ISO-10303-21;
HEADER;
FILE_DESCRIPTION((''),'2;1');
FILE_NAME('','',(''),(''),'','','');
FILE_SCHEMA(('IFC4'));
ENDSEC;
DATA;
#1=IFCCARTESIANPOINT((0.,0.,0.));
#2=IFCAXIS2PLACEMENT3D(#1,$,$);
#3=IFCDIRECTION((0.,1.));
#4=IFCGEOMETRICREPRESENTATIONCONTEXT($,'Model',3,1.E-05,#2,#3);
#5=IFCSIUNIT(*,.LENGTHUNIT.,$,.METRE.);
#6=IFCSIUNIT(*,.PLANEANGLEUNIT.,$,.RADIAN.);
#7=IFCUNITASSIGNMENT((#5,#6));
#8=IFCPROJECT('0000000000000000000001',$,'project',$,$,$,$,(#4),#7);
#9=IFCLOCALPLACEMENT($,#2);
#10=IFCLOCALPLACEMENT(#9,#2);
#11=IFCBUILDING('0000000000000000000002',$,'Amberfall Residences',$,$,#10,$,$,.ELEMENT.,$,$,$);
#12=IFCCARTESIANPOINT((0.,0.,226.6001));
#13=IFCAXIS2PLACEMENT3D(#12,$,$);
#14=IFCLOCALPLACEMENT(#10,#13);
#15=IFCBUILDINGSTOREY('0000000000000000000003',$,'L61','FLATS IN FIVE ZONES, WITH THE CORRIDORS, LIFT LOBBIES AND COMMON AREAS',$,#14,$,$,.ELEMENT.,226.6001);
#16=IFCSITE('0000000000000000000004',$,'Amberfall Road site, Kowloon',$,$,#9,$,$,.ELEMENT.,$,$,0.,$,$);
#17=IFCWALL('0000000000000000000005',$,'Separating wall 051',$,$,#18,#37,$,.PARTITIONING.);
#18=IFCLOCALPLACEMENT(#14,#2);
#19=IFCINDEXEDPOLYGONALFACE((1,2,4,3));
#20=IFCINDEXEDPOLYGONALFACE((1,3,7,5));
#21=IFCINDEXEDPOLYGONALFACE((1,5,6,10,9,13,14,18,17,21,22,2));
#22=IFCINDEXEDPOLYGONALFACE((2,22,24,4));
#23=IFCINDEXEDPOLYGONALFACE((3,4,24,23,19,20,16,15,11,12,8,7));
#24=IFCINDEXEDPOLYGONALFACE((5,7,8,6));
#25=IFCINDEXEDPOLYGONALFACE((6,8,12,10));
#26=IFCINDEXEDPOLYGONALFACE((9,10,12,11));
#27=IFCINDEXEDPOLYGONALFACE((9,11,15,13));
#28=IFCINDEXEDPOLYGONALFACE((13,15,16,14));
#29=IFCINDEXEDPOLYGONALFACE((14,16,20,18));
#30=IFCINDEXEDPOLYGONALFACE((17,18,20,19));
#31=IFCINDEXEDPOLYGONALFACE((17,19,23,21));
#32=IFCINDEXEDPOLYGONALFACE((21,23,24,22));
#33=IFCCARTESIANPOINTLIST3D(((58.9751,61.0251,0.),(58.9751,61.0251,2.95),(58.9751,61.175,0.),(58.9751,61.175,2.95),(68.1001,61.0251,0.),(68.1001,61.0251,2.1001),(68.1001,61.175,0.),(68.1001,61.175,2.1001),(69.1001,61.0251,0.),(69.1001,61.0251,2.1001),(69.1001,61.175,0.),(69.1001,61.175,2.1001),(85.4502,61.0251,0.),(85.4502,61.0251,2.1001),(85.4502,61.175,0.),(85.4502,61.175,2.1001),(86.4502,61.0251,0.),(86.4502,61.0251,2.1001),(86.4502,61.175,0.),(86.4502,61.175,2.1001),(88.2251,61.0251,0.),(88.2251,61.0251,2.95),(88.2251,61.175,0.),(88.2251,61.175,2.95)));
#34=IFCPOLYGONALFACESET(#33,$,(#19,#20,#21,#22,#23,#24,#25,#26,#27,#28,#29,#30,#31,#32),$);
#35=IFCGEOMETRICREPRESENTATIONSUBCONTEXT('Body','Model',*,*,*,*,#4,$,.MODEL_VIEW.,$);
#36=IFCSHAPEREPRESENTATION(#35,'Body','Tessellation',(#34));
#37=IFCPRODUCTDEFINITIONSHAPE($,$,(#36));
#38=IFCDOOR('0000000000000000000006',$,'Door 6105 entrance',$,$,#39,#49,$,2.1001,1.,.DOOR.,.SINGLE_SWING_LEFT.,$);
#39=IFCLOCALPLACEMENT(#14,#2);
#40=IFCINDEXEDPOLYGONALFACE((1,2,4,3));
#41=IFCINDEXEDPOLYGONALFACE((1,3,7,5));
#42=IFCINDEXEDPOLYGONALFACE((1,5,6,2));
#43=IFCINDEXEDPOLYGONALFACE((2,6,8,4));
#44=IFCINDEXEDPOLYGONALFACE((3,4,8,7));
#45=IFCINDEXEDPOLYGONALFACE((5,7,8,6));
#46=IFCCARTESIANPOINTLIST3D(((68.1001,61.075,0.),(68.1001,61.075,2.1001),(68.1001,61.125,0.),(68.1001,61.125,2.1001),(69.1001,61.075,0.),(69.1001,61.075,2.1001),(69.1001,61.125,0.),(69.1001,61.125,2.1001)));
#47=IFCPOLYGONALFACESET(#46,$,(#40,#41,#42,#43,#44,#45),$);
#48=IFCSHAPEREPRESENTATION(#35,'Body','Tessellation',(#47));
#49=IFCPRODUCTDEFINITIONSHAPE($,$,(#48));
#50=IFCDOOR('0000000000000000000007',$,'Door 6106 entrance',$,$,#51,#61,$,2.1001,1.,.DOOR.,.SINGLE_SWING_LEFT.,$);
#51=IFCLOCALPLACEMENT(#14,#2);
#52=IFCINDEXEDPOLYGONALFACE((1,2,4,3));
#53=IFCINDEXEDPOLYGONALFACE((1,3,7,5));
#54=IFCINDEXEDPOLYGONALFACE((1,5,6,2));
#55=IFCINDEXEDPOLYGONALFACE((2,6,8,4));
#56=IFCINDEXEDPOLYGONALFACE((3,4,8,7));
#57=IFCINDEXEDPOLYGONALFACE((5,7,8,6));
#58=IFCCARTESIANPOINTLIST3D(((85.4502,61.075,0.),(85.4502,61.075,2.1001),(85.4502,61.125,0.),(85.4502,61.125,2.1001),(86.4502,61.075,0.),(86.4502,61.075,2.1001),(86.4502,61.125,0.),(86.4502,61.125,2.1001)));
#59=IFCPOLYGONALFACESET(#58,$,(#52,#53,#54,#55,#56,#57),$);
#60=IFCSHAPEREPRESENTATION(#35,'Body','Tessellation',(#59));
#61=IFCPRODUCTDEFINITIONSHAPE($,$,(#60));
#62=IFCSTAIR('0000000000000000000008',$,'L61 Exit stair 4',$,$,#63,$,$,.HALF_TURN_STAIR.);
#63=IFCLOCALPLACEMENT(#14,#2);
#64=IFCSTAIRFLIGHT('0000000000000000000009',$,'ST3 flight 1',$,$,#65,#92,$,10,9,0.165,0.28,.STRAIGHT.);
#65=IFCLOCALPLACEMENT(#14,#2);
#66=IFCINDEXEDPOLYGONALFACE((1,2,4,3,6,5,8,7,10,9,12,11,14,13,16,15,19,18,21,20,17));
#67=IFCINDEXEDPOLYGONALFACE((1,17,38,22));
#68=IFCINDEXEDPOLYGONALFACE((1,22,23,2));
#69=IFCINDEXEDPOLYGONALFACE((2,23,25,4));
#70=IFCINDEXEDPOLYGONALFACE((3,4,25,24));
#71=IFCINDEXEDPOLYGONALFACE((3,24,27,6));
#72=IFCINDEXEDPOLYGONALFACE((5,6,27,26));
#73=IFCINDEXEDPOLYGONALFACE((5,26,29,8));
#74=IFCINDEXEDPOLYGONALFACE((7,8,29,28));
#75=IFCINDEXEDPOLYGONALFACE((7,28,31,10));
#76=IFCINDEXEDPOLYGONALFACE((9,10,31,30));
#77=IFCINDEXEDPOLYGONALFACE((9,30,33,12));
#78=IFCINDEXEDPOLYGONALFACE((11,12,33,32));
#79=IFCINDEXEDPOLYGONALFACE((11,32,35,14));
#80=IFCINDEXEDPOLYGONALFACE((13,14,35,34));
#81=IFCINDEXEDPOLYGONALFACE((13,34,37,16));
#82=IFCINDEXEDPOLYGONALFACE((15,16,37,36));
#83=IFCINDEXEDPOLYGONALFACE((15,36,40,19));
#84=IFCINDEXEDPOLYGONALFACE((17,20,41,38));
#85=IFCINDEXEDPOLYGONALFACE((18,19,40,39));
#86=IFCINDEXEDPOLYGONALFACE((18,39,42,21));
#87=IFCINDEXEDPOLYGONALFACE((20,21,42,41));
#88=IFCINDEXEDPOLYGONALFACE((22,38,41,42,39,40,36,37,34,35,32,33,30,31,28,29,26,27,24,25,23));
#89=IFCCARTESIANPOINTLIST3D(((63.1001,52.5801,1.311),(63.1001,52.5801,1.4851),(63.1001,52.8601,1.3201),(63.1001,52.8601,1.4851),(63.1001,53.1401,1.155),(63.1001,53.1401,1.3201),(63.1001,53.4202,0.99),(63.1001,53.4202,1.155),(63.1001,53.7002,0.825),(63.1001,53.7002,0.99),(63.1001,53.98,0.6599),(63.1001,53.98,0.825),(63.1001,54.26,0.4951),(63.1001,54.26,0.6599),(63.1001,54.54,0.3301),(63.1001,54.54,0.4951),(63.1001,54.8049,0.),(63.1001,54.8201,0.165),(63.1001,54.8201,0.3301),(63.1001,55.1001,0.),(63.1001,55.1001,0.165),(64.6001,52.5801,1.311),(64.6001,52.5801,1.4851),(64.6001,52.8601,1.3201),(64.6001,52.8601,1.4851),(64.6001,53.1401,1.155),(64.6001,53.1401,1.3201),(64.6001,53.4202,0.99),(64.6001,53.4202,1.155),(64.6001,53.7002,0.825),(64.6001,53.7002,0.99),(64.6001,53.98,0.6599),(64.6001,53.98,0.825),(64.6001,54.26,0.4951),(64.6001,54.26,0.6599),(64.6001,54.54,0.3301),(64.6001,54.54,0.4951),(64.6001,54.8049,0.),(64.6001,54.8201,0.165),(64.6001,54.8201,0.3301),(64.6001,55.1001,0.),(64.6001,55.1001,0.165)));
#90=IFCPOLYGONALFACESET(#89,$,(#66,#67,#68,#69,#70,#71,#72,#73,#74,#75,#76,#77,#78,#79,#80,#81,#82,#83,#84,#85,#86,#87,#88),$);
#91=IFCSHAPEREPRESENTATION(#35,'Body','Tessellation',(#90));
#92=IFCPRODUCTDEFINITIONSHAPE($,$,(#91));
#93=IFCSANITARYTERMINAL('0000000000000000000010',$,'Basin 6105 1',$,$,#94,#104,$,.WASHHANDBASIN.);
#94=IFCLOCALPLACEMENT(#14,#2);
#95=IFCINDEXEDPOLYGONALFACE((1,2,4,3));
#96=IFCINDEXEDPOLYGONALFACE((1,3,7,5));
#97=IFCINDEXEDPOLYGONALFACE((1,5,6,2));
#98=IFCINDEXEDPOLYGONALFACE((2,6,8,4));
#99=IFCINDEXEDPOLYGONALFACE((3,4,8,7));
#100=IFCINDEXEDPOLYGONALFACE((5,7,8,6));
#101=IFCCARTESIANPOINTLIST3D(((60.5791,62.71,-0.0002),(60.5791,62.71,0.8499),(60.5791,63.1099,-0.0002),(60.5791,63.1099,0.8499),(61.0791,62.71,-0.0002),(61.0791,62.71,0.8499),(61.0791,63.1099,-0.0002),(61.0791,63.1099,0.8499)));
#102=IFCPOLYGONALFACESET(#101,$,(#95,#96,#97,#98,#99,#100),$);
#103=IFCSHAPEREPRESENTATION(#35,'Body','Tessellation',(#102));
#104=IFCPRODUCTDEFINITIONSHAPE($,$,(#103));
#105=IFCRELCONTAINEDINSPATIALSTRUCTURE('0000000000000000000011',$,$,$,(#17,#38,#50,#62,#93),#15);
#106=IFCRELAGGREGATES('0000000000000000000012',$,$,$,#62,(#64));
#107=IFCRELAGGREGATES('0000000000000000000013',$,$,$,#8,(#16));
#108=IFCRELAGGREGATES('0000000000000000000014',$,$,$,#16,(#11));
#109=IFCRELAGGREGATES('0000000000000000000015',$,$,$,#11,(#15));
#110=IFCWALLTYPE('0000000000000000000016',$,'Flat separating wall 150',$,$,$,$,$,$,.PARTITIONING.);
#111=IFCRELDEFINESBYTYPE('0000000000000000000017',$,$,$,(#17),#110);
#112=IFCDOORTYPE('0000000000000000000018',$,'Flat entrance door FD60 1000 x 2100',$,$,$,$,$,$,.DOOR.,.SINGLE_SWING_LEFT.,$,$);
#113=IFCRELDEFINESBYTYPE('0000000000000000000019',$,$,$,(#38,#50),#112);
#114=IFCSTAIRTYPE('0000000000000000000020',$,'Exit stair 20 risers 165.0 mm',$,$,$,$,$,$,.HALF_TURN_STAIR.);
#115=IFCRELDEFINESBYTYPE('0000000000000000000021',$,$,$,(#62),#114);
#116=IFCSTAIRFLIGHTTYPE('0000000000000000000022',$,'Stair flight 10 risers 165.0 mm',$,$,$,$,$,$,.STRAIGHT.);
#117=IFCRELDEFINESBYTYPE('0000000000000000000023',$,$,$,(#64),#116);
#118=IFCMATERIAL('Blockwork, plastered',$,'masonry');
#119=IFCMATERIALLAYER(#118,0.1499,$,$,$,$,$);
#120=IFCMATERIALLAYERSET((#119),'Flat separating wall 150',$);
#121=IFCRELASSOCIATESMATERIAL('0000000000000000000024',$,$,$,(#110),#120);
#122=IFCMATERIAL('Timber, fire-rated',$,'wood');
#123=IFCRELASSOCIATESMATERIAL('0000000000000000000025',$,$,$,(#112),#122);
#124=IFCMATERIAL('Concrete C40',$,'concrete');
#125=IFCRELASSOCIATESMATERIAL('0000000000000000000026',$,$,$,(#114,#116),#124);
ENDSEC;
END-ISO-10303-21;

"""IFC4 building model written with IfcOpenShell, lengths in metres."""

from ifc_helpers import new_model, si_unit, direction, frame, frame_2d, origin, origin_2d, place, context, subcontext, project, spatial, polyline, rectangle, outline, extrude, material, layer, layer_set, type_object, element, fill, aggregate, save


model = new_model("IFC4")

# Units and contexts
model_context = context("Model", 3, precision=1e-05, world=origin(), true_north=direction((0.0, 1.0)))
body_context = subcontext(model_context, "Body", "Model", "MODEL_VIEW")
ifc_project = project(units=[si_unit("LENGTHUNIT", "METRE"), si_unit("PLANEANGLEUNIT", "RADIAN")], contexts=[model_context])

# Site, building, storey
site_placement = place(None, origin())
site = spatial("IfcSite", under=ifc_project, at=site_placement, Name="Amberfall Road site, Kowloon", CompositionType="ELEMENT", RefElevation=0.0)
building_placement = place(site_placement, origin())
building = spatial("IfcBuilding", under=site, at=building_placement, Name="Amberfall Residences", CompositionType="ELEMENT")
storey_placement = place(building_placement, frame((0.0, 0.0, 226.6001)))
storey = spatial("IfcBuildingStorey", under=building, at=storey_placement, Name="L61", Description="FLATS IN FIVE ZONES, WITH THE CORRIDORS, LIFT LOBBIES AND COMMON AREAS", CompositionType="ELEMENT", Elevation=226.6001)

# Shared definitions
ifc_material_1 = material(Name="Blockwork, plastered", Category="masonry")
ifc_layer_1 = layer(ifc_material_1, 0.1499)
ifc_layer_set_1 = layer_set([ifc_layer_1], Name="Flat separating wall 150")
wall_type_1 = type_object("IfcWallType", Name="Flat separating wall 150", PredefinedType="PARTITIONING", material=ifc_layer_set_1)

# Wall, openings, doors
wall_1_placement = place(storey_placement, frame((58.9751, 61.1001, 0.0), z_axis=(0.0, 0.0, 1.0), x_axis=(1.0, 0.0, 0.0)))
wall_1 = element("IfcWall", 1, at=wall_1_placement, inside=storey, type_object=wall_type_1, Name="Separating wall 051", PredefinedType="PARTITIONING", context=body_context, shape_type="SweptSolid", body=[
    extrude(rectangle(XDim=29.25, YDim=0.1499, at=frame_2d((14.625, 0.0))), origin(), (0.0, 0.0, 1.0), 2.95),
])
opening_1_placement = place(wall_1_placement, frame((9.125, 0.0, 0.0)))
opening_1 = element("IfcOpeningElement", 2, at=opening_1_placement, cuts=wall_1, PredefinedType="OPENING", context=body_context, shape_type="SweptSolid", body=[
    extrude(rectangle(XDim=1.0, YDim=2.1001, at=frame_2d((0.5, 1.05))), frame((0.0, 0.085, 0.0), z_axis=(0.0, -1.0, 0.0), x_axis=(1.0, 0.0, 0.0)), (0.0, 0.0, 1.0), 0.1699),
])
opening_2_placement = place(wall_1_placement, frame((26.4751, 0.0, 0.0)))
opening_2 = element("IfcOpeningElement", 3, at=opening_2_placement, cuts=wall_1, PredefinedType="OPENING", context=body_context, shape_type="SweptSolid", body=[
    extrude(rectangle(XDim=1.0, YDim=2.1001, at=frame_2d((0.5, 1.05))), frame((0.0, 0.085, 0.0), z_axis=(0.0, -1.0, 0.0), x_axis=(1.0, 0.0, 0.0)), (0.0, 0.0, 1.0), 0.1699),
])
ifc_material_2 = material(Name="Timber, fire-rated", Category="wood")
door_type_1 = type_object("IfcDoorType", Name="Flat entrance door FD60 1000 x 2100", OperationType="SINGLE_SWING_LEFT", PredefinedType="DOOR", material=ifc_material_2)
door_1_placement = place(opening_1_placement, origin())
door_1 = element("IfcDoor", 4, at=door_1_placement, inside=storey, type_object=door_type_1, Name="Door 6105 entrance", OperationType="SINGLE_SWING_LEFT", OverallHeight=2.1001, OverallWidth=1.0, PredefinedType="DOOR", context=body_context, shape_type="SweptSolid", body=[
    extrude(rectangle(XDim=1.0, YDim=2.1001, at=frame_2d((0.5, 1.05))), frame((0.0, 0.0249, 0.0), z_axis=(0.0, -1.0, 0.0), x_axis=(1.0, 0.0, 0.0)), (0.0, 0.0, 1.0), 0.05),
])
fill(opening_1, door_1)
door_2_placement = place(opening_2_placement, origin())
door_2 = element("IfcDoor", 5, at=door_2_placement, inside=storey, type_object=door_type_1, Name="Door 6106 entrance", OperationType="SINGLE_SWING_LEFT", OverallHeight=2.1001, OverallWidth=1.0, PredefinedType="DOOR", context=body_context, shape_type="SweptSolid", body=[
    extrude(rectangle(XDim=1.0, YDim=2.1001, at=frame_2d((0.5, 1.05))), frame((0.0, 0.0249, 0.0), z_axis=(0.0, -1.0, 0.0), x_axis=(1.0, 0.0, 0.0)), (0.0, 0.0, 1.0), 0.05),
])
fill(opening_2, door_2)

# Stair, stair flight
ifc_material_3 = material(Name="Concrete C40", Category="concrete")
stair_type = type_object("IfcStairType", Name="Exit stair 20 risers 165.0 mm", PredefinedType="HALF_TURN_STAIR", material=ifc_material_3)
stair_placement = place(storey_placement, origin())
stair = element("IfcStair", 6, at=stair_placement, inside=storey, type_object=stair_type, Name="L61 Exit stair 4", PredefinedType="HALF_TURN_STAIR")
stair_flight_type = type_object("IfcStairFlightType", Name="Stair flight 10 risers 165.0 mm", PredefinedType="STRAIGHT", material=ifc_material_3)
stair_flight_placement = place(storey_placement, frame((63.8501, 55.1001, 0.0), z_axis=(0.0, 0.0, 1.0), x_axis=(0.0, -1.0, 0.0)))
stair_flight = element("IfcStairFlight", 7, at=stair_flight_placement, type_object=stair_flight_type, Name="ST3 flight 1", NumberOfRisers=10, NumberOfTreads=9, PredefinedType="STRAIGHT", RiserHeight=0.165, TreadLength=0.28, context=body_context, shape_type="SweptSolid", body=[
    extrude(outline(polyline([(0.0, 0.0), (0.0, 0.165), (0.28, 0.165), (0.28, 0.3301), (0.5601, 0.3301), (0.5601, 0.4951), (0.8401, 0.4951), (0.8401, 0.6599), (1.1201, 0.6599), (1.1201, 0.825), (1.3999, 0.825), (1.3999, 0.99), (1.6799, 0.99), (1.6799, 1.155), (1.96, 1.155), (1.96, 1.3201), (2.24, 1.3201), (2.24, 1.4851), (2.52, 1.4851), (2.52, 1.6499), (2.52, 1.311), (0.2952, 0.0), (0.0, 0.0)])), frame((0.0, 0.75, 0.0), z_axis=(0.0, -1.0, 0.0), x_axis=(1.0, 0.0, 0.0)), (0.0, 0.0, 1.0), 1.5),
])
aggregate(stair, [stair_flight])

# Sanitary terminal
sanitary_terminal_placement = place(storey_placement, frame((60.8291, 62.9099, -0.0002), z_axis=(0.0, 0.0, 1.0), x_axis=(1.0, 0.0, 0.0)))
element("IfcSanitaryTerminal", 8, at=sanitary_terminal_placement, inside=storey, Name="Basin 6105 1", PredefinedType="WASHHANDBASIN", context=body_context, shape_type="SweptSolid", body=[
    extrude(rectangle(XDim=0.5, YDim=0.3999, at=origin_2d()), origin(), (0.0, 0.0, 1.0), 0.8501),
])

save(model, "model.ifc")
